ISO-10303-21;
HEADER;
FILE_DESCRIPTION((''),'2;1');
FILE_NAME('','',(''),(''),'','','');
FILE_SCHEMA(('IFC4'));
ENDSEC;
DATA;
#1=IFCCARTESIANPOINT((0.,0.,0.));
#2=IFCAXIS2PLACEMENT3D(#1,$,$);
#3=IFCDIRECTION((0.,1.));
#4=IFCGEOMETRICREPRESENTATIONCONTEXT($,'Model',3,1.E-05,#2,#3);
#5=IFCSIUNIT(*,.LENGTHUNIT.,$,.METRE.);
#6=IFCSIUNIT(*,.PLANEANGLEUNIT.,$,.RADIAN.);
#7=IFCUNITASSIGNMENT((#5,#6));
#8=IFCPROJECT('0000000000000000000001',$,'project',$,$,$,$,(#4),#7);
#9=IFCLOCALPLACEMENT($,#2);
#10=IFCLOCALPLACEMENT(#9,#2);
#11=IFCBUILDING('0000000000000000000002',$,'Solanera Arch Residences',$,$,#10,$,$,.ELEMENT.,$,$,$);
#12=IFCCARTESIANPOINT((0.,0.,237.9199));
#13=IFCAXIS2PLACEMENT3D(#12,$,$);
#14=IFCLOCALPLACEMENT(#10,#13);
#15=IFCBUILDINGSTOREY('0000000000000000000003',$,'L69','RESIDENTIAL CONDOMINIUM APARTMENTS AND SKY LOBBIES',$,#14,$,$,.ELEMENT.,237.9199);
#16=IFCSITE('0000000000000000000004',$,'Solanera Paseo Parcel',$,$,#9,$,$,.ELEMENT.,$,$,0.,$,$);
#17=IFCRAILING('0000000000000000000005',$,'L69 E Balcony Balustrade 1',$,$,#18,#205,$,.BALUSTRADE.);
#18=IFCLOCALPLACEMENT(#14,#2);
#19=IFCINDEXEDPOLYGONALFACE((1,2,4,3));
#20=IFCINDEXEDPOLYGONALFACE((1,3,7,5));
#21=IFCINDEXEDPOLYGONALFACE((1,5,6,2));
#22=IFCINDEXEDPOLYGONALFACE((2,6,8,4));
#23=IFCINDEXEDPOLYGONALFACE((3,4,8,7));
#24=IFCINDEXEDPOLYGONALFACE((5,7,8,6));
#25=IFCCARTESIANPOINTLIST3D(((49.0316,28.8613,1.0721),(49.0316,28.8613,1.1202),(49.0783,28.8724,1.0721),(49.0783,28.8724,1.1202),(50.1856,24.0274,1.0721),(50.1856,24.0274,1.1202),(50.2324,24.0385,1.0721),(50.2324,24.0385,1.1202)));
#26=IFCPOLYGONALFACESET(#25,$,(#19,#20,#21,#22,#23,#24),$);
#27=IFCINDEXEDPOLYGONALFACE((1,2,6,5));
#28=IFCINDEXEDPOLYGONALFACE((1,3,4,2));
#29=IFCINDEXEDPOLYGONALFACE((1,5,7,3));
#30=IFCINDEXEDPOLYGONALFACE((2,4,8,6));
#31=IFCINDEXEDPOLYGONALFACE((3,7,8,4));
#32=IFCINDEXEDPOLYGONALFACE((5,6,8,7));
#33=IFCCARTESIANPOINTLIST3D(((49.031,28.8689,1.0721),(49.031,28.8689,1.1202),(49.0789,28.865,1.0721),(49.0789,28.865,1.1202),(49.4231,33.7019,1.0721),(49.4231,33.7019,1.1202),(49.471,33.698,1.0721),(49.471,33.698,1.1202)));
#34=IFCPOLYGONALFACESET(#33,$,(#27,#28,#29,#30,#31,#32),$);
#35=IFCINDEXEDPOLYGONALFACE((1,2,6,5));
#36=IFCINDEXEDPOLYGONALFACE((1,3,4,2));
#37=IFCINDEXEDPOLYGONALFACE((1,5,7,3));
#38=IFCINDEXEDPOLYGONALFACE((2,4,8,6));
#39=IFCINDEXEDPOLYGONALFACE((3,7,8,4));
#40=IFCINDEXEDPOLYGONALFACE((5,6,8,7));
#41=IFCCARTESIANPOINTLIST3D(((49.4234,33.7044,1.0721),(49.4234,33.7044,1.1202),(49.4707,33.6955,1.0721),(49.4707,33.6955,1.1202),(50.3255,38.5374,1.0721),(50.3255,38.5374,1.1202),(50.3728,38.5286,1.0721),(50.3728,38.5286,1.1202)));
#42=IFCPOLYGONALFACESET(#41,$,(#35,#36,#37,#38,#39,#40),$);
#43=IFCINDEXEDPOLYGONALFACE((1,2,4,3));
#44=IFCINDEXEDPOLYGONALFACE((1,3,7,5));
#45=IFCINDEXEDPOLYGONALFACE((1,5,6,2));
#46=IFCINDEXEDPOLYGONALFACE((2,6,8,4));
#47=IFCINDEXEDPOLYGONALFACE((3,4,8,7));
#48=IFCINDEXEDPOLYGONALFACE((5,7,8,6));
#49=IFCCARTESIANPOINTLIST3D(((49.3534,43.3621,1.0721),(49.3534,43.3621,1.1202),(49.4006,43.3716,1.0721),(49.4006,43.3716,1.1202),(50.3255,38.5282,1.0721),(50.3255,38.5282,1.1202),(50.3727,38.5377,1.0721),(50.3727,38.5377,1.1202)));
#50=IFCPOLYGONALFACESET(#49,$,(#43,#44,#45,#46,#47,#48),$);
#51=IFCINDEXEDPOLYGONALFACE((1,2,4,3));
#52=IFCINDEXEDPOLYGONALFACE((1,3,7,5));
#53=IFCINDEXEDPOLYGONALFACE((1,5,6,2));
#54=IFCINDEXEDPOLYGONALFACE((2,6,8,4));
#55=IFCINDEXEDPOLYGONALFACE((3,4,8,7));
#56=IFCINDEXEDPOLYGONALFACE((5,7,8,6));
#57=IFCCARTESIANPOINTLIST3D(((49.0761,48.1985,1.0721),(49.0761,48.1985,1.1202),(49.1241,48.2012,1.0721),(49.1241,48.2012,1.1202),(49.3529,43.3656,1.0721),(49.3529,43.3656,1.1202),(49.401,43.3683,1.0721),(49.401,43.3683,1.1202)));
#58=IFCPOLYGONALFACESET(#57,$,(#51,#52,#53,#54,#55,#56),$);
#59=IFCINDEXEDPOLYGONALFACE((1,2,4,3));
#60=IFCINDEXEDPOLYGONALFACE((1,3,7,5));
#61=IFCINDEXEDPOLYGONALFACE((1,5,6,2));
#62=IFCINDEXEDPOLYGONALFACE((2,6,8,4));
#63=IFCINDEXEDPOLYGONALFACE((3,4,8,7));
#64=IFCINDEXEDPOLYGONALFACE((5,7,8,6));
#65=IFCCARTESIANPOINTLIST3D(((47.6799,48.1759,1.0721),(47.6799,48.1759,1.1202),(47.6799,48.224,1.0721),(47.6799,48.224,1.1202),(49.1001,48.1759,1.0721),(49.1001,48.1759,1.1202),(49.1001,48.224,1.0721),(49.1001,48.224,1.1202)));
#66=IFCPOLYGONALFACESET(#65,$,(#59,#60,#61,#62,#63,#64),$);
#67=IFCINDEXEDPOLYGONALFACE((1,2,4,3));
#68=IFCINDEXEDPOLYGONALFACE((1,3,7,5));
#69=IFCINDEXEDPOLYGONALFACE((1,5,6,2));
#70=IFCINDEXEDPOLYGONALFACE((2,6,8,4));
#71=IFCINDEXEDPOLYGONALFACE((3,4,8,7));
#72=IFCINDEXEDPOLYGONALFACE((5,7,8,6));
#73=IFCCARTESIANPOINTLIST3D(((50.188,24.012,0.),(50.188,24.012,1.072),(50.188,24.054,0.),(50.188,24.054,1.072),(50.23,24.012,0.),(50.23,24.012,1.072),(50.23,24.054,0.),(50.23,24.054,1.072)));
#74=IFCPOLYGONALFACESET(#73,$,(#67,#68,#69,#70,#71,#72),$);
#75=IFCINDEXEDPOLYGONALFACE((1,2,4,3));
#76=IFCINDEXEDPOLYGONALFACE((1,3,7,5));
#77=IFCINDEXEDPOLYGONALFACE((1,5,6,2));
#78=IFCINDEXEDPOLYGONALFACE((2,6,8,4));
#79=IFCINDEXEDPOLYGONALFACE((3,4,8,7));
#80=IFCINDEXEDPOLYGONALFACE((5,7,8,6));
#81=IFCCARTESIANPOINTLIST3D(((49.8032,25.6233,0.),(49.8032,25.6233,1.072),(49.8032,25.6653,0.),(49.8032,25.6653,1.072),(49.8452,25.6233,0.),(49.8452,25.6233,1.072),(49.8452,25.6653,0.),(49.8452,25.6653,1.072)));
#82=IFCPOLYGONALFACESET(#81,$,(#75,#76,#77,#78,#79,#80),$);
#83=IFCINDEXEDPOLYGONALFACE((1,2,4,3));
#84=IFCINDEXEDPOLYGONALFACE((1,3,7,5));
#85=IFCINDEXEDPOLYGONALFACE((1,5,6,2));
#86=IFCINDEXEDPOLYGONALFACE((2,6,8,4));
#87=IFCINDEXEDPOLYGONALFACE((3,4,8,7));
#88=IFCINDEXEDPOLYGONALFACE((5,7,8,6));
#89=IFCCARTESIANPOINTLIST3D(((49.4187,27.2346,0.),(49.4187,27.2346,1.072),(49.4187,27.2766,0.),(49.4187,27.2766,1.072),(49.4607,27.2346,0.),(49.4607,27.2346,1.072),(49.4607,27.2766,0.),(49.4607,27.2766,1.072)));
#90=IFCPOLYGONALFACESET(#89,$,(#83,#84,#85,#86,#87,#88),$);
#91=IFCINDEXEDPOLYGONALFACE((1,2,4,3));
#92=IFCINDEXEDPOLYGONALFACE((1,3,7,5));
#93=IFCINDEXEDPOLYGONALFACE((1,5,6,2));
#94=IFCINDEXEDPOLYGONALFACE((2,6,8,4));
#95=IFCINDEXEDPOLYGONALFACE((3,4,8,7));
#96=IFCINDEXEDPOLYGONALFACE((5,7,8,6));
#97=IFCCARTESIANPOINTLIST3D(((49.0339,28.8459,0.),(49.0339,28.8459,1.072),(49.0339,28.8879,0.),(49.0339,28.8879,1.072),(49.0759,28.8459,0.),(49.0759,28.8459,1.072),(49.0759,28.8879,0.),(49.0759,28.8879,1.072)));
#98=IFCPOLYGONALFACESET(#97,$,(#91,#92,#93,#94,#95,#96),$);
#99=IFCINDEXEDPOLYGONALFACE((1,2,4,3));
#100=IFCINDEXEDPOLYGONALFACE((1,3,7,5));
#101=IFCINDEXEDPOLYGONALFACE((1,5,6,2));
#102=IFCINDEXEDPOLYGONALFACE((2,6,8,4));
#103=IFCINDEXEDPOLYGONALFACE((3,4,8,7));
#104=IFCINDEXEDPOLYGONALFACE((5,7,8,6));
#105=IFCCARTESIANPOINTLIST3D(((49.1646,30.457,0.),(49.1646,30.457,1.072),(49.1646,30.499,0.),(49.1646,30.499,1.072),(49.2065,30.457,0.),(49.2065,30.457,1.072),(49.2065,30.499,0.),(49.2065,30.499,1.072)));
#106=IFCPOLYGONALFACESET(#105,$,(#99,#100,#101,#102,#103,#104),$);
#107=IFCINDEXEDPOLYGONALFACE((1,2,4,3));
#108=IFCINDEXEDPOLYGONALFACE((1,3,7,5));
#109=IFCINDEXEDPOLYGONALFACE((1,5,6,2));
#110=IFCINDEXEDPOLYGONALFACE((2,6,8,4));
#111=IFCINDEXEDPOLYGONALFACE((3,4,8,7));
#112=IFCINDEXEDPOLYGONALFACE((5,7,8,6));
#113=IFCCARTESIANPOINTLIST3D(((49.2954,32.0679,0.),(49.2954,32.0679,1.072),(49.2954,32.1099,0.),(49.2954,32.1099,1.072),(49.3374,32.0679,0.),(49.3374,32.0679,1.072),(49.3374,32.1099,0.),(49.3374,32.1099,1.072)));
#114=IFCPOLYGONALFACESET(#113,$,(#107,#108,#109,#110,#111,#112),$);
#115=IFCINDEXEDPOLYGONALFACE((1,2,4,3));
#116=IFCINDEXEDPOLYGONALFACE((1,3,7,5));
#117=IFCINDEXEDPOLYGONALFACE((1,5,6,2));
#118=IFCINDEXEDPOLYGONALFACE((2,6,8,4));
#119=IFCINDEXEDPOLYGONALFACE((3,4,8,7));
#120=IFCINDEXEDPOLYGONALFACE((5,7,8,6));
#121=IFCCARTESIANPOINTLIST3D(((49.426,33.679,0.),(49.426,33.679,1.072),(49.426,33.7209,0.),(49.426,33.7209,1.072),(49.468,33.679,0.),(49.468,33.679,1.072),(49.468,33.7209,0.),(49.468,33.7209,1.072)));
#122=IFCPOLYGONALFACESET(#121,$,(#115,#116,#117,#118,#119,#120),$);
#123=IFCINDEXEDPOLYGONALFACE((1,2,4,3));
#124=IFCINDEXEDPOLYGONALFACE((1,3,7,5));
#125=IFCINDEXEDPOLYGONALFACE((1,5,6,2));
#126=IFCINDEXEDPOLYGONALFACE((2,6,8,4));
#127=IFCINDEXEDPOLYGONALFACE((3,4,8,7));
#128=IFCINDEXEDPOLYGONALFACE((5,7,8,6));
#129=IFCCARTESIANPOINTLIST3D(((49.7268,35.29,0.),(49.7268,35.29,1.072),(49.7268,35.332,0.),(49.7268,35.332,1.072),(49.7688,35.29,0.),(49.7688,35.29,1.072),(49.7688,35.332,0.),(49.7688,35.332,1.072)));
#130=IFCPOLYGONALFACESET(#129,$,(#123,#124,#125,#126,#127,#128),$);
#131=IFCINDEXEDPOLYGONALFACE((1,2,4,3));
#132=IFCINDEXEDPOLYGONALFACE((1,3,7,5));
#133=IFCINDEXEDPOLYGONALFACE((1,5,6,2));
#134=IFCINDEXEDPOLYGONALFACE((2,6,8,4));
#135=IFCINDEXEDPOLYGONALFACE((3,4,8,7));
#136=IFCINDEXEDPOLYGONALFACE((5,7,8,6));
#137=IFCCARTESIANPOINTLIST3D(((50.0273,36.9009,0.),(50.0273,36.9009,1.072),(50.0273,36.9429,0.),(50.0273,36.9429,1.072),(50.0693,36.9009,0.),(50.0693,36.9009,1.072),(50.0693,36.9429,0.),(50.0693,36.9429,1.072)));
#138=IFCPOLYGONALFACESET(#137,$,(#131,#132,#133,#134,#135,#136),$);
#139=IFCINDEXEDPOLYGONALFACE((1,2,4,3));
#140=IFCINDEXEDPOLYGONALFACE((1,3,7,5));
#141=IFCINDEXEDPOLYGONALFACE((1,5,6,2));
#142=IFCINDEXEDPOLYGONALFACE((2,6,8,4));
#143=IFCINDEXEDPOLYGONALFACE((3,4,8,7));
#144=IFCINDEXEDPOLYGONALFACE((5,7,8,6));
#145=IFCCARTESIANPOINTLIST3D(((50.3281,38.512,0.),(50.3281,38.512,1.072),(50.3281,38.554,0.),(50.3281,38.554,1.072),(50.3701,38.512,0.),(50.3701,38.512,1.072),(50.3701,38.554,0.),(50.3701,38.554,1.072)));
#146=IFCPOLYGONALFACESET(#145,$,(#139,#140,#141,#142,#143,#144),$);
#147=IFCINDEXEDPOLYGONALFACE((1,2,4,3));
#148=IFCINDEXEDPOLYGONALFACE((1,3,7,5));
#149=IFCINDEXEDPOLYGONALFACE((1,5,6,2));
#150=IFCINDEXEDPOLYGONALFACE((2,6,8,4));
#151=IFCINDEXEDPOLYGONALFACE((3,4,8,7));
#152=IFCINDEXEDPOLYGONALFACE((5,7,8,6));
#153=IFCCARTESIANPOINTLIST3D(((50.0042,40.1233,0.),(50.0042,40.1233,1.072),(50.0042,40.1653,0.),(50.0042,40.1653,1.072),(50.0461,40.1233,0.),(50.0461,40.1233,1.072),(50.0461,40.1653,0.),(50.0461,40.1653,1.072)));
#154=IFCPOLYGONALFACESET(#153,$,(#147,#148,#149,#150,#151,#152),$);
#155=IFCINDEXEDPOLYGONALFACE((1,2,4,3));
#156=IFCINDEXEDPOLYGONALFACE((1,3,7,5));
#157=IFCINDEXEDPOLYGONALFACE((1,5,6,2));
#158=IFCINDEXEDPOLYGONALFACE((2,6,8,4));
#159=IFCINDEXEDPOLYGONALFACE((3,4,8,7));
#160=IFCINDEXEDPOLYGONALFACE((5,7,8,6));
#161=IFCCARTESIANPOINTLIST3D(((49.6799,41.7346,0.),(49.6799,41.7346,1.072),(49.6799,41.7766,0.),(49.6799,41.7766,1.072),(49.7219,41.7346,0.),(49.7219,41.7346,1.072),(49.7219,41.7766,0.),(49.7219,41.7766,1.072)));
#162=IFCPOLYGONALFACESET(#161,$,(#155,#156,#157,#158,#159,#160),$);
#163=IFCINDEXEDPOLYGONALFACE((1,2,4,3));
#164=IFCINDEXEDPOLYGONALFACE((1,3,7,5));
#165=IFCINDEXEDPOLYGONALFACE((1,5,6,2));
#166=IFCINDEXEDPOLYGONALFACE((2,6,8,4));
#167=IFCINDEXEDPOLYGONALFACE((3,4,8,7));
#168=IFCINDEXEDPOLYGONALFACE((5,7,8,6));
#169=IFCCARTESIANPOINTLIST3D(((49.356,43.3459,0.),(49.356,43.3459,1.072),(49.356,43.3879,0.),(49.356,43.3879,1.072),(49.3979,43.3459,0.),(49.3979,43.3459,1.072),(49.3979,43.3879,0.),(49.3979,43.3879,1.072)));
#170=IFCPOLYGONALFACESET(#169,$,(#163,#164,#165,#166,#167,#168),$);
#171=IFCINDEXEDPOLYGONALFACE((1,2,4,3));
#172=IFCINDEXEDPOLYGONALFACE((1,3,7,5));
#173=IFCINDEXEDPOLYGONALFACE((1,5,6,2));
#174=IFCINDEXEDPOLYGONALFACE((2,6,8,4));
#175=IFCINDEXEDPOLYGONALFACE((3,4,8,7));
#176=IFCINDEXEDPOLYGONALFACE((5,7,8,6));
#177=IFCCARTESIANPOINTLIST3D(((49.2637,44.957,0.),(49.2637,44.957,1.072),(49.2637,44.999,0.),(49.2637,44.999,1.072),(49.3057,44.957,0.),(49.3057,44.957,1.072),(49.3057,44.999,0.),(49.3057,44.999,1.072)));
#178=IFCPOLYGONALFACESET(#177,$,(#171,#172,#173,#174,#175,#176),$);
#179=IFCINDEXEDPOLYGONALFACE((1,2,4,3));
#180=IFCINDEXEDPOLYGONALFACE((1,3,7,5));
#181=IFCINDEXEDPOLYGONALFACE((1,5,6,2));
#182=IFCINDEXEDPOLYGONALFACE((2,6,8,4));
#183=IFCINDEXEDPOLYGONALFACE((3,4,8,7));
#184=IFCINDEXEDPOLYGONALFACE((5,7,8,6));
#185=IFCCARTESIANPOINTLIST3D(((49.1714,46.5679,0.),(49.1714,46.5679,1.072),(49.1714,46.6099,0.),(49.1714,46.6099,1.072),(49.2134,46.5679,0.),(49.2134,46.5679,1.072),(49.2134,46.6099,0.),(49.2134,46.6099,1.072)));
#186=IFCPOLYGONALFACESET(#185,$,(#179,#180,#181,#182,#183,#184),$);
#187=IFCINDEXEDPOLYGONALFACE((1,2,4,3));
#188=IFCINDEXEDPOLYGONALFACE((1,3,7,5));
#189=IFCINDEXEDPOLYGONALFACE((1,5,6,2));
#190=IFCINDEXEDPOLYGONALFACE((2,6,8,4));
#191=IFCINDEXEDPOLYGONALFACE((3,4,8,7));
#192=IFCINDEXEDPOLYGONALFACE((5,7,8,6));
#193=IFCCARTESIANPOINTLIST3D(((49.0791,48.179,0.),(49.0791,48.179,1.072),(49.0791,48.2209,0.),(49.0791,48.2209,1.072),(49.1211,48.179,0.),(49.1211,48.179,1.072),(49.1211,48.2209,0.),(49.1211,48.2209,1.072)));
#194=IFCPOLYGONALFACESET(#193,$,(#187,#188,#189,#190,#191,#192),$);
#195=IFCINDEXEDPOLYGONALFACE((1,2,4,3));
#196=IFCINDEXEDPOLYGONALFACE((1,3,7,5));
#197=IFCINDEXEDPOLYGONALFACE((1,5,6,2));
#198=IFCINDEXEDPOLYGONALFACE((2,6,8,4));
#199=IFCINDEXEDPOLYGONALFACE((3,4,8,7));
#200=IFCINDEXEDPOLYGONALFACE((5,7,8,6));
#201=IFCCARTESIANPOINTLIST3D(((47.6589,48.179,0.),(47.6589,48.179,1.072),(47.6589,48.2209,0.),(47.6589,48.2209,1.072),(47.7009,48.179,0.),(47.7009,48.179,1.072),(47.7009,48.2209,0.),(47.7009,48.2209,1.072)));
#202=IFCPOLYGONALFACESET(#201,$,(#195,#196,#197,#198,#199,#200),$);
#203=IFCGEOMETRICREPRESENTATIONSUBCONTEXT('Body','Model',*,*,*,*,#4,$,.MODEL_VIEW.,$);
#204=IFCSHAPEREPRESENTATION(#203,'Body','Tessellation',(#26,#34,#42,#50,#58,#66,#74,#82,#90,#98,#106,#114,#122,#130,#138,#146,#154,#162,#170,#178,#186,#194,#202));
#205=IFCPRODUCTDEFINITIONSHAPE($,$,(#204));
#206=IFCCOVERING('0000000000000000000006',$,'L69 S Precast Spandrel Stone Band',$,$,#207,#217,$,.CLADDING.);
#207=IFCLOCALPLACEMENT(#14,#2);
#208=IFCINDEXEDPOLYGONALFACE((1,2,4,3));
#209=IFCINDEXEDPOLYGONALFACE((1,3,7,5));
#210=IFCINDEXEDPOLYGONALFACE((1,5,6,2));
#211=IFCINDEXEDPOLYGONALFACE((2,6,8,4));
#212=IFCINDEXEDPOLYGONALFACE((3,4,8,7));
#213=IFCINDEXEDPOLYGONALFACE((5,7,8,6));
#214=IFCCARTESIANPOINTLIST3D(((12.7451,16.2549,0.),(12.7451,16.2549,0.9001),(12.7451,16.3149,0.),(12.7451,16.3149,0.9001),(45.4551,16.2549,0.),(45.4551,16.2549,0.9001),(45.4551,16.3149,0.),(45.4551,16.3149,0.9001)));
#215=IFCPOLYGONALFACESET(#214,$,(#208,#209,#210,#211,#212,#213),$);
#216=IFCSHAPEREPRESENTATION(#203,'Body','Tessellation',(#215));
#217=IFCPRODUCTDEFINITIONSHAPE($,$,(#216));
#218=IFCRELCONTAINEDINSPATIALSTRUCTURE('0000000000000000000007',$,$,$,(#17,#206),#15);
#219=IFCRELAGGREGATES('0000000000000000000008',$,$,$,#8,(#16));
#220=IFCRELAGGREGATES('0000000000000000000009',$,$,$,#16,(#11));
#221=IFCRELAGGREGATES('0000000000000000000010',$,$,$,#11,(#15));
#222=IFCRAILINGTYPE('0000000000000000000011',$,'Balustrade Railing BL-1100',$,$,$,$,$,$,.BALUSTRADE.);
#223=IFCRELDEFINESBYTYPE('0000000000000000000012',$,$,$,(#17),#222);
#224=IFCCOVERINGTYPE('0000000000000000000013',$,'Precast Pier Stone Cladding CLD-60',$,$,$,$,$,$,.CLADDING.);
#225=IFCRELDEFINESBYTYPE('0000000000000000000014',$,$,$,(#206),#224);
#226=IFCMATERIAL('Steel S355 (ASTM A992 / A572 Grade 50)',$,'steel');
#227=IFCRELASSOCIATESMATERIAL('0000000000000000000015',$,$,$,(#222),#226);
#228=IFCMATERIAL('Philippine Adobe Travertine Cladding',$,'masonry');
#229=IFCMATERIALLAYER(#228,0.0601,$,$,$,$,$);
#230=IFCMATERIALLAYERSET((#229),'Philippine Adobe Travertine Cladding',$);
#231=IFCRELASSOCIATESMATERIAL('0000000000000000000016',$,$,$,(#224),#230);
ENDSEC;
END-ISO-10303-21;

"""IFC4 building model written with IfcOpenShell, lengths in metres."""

from ifc_helpers import new_model, si_unit, direction, frame, frame_2d, origin, origin_2d, place, context, subcontext, project, spatial, rectangle, extrude, material, layer, layer_set, type_object, element, save


model = new_model("IFC4")

# Units and contexts
model_context = context("Model", 3, precision=1e-05, world=origin(), true_north=direction((0.0, 1.0)))
body_context = subcontext(model_context, "Body", "Model", "MODEL_VIEW")
ifc_project = project(units=[si_unit("LENGTHUNIT", "METRE"), si_unit("PLANEANGLEUNIT", "RADIAN")], contexts=[model_context])

# Site, building, storey
site_placement = place(None, origin())
site = spatial("IfcSite", under=ifc_project, at=site_placement, Name="Solanera Paseo Parcel", CompositionType="ELEMENT", RefElevation=0.0)
building_placement = place(site_placement, origin())
building = spatial("IfcBuilding", under=site, at=building_placement, Name="Solanera Arch Residences", CompositionType="ELEMENT")
storey_placement = place(building_placement, frame((0.0, 0.0, 237.9199)))
storey = spatial("IfcBuildingStorey", under=building, at=storey_placement, Name="L69", Description="RESIDENTIAL CONDOMINIUM APARTMENTS AND SKY LOBBIES", CompositionType="ELEMENT", Elevation=237.9199)

# Railing
ifc_material_1 = material(Name="Steel S355 (ASTM A992 / A572 Grade 50)", Category="steel")
railing_type = type_object("IfcRailingType", Name="Balustrade Railing BL-1100", PredefinedType="BALUSTRADE", material=ifc_material_1)
railing_1_placement = place(storey_placement, frame((50.209, 24.033, 0.0)))
element("IfcRailing", 1, at=railing_1_placement, inside=storey, type_object=railing_type, Name="L69 E Balcony Balustrade 1", PredefinedType="BALUSTRADE", context=body_context, shape_type="SweptSolid", body=[
    extrude(rectangle(XDim=0.0481, YDim=0.0481, at=origin_2d()), frame((0.0, 0.0, 1.0962), z_axis=(-0.232212, 0.972665, 0.0), x_axis=(-0.972665, -0.232212, 0.0)), (0.0, 0.0, 1.0), 4.9697),
    extrude(rectangle(XDim=0.0481, YDim=0.0481, at=origin_2d()), frame((-1.1541, 4.834, 1.0962), z_axis=(0.080862, 0.996725, 0.0), x_axis=(-0.996725, 0.080862, 0.0)), (0.0, 0.0, 1.0), 4.8489),
    extrude(rectangle(XDim=0.0481, YDim=0.0481, at=origin_2d()), frame((-0.762, 9.667, 1.0962), z_axis=(0.183485, 0.983023, 0.0), x_axis=(-0.983023, 0.183485, 0.0)), (0.0, 0.0, 1.0), 4.9165),
    extrude(rectangle(XDim=0.0481, YDim=0.0481, at=origin_2d()), frame((0.1401, 14.5, 1.0962), z_axis=(-0.197163, 0.980371, 0.0), x_axis=(-0.980371, -0.197163, 0.0)), (0.0, 0.0, 1.0), 4.9307),
    extrude(rectangle(XDim=0.0481, YDim=0.0481, at=origin_2d()), frame((-0.832, 19.334, 1.0962), z_axis=(-0.057191, 0.998363, 0.0), x_axis=(-0.998363, -0.057191, 0.0)), (0.0, 0.0, 1.0), 4.8408),
    extrude(rectangle(XDim=0.0481, YDim=0.0481, at=origin_2d()), frame((-1.1089, 24.167, 1.0962), z_axis=(-1.0, 0.0, 0.0), x_axis=(0.0, -1.0, 0.0)), (0.0, 0.0, 1.0), 1.4202),
    extrude(rectangle(XDim=0.042, YDim=0.042, at=origin_2d()), origin(), (0.0, 0.0, 1.0), 1.072),
    extrude(rectangle(XDim=0.042, YDim=0.042, at=origin_2d()), frame((-0.3848, 1.6113, 0.0)), (0.0, 0.0, 1.0), 1.072),
    extrude(rectangle(XDim=0.042, YDim=0.042, at=origin_2d()), frame((-0.7693, 3.2227, 0.0)), (0.0, 0.0, 1.0), 1.072),
    extrude(rectangle(XDim=0.042, YDim=0.042, at=origin_2d()), frame((-1.1541, 4.834, 0.0)), (0.0, 0.0, 1.0), 1.072),
    extrude(rectangle(XDim=0.042, YDim=0.042, at=origin_2d()), frame((-1.0234, 6.4451, 0.0)), (0.0, 0.0, 1.0), 1.072),
    extrude(rectangle(XDim=0.042, YDim=0.042, at=origin_2d()), frame((-0.8926, 8.0559, 0.0)), (0.0, 0.0, 1.0), 1.072),
    extrude(rectangle(XDim=0.042, YDim=0.042, at=origin_2d()), frame((-0.762, 9.667, 0.0)), (0.0, 0.0, 1.0), 1.072),
    extrude(rectangle(XDim=0.042, YDim=0.042, at=origin_2d()), frame((-0.4612, 11.2781, 0.0)), (0.0, 0.0, 1.0), 1.072),
    extrude(rectangle(XDim=0.042, YDim=0.042, at=origin_2d()), frame((-0.1606, 12.8889, 0.0)), (0.0, 0.0, 1.0), 1.072),
    extrude(rectangle(XDim=0.042, YDim=0.042, at=origin_2d()), frame((0.1401, 14.5, 0.0)), (0.0, 0.0, 1.0), 1.072),
    extrude(rectangle(XDim=0.042, YDim=0.042, at=origin_2d()), frame((-0.1838, 16.1113, 0.0)), (0.0, 0.0, 1.0), 1.072),
    extrude(rectangle(XDim=0.042, YDim=0.042, at=origin_2d()), frame((-0.5081, 17.7227, 0.0)), (0.0, 0.0, 1.0), 1.072),
    extrude(rectangle(XDim=0.042, YDim=0.042, at=origin_2d()), frame((-0.832, 19.334, 0.0)), (0.0, 0.0, 1.0), 1.072),
    extrude(rectangle(XDim=0.042, YDim=0.042, at=origin_2d()), frame((-0.9243, 20.9451, 0.0)), (0.0, 0.0, 1.0), 1.072),
    extrude(rectangle(XDim=0.042, YDim=0.042, at=origin_2d()), frame((-1.0166, 22.5559, 0.0)), (0.0, 0.0, 1.0), 1.072),
    extrude(rectangle(XDim=0.042, YDim=0.042, at=origin_2d()), frame((-1.1089, 24.167, 0.0)), (0.0, 0.0, 1.0), 1.072),
    extrude(rectangle(XDim=0.042, YDim=0.042, at=origin_2d()), frame((-2.5291, 24.167, 0.0)), (0.0, 0.0, 1.0), 1.072),
])

# Covering
ifc_material_2 = material(Name="Philippine Adobe Travertine Cladding", Category="masonry")
ifc_layer_1 = layer(ifc_material_2, 0.0601)
ifc_layer_set_1 = layer_set([ifc_layer_1], Name="Philippine Adobe Travertine Cladding")
covering_type = type_object("IfcCoveringType", Name="Precast Pier Stone Cladding CLD-60", PredefinedType="CLADDING", material=ifc_layer_set_1)
covering_placement = place(storey_placement, frame((45.4551, 16.2849, 0.0), z_axis=(0.0, 0.0, 1.0), x_axis=(-1.0, 0.0, 0.0)))
element("IfcCovering", 2, at=covering_placement, inside=storey, type_object=covering_type, Name="L69 S Precast Spandrel Stone Band", PredefinedType="CLADDING", context=body_context, shape_type="SweptSolid", body=[
    extrude(rectangle(XDim=32.71, YDim=0.0601, at=frame_2d((16.355, 0.0))), origin(), (0.0, 0.0, 1.0), 0.9001),
])

save(model, "model.ifc")
